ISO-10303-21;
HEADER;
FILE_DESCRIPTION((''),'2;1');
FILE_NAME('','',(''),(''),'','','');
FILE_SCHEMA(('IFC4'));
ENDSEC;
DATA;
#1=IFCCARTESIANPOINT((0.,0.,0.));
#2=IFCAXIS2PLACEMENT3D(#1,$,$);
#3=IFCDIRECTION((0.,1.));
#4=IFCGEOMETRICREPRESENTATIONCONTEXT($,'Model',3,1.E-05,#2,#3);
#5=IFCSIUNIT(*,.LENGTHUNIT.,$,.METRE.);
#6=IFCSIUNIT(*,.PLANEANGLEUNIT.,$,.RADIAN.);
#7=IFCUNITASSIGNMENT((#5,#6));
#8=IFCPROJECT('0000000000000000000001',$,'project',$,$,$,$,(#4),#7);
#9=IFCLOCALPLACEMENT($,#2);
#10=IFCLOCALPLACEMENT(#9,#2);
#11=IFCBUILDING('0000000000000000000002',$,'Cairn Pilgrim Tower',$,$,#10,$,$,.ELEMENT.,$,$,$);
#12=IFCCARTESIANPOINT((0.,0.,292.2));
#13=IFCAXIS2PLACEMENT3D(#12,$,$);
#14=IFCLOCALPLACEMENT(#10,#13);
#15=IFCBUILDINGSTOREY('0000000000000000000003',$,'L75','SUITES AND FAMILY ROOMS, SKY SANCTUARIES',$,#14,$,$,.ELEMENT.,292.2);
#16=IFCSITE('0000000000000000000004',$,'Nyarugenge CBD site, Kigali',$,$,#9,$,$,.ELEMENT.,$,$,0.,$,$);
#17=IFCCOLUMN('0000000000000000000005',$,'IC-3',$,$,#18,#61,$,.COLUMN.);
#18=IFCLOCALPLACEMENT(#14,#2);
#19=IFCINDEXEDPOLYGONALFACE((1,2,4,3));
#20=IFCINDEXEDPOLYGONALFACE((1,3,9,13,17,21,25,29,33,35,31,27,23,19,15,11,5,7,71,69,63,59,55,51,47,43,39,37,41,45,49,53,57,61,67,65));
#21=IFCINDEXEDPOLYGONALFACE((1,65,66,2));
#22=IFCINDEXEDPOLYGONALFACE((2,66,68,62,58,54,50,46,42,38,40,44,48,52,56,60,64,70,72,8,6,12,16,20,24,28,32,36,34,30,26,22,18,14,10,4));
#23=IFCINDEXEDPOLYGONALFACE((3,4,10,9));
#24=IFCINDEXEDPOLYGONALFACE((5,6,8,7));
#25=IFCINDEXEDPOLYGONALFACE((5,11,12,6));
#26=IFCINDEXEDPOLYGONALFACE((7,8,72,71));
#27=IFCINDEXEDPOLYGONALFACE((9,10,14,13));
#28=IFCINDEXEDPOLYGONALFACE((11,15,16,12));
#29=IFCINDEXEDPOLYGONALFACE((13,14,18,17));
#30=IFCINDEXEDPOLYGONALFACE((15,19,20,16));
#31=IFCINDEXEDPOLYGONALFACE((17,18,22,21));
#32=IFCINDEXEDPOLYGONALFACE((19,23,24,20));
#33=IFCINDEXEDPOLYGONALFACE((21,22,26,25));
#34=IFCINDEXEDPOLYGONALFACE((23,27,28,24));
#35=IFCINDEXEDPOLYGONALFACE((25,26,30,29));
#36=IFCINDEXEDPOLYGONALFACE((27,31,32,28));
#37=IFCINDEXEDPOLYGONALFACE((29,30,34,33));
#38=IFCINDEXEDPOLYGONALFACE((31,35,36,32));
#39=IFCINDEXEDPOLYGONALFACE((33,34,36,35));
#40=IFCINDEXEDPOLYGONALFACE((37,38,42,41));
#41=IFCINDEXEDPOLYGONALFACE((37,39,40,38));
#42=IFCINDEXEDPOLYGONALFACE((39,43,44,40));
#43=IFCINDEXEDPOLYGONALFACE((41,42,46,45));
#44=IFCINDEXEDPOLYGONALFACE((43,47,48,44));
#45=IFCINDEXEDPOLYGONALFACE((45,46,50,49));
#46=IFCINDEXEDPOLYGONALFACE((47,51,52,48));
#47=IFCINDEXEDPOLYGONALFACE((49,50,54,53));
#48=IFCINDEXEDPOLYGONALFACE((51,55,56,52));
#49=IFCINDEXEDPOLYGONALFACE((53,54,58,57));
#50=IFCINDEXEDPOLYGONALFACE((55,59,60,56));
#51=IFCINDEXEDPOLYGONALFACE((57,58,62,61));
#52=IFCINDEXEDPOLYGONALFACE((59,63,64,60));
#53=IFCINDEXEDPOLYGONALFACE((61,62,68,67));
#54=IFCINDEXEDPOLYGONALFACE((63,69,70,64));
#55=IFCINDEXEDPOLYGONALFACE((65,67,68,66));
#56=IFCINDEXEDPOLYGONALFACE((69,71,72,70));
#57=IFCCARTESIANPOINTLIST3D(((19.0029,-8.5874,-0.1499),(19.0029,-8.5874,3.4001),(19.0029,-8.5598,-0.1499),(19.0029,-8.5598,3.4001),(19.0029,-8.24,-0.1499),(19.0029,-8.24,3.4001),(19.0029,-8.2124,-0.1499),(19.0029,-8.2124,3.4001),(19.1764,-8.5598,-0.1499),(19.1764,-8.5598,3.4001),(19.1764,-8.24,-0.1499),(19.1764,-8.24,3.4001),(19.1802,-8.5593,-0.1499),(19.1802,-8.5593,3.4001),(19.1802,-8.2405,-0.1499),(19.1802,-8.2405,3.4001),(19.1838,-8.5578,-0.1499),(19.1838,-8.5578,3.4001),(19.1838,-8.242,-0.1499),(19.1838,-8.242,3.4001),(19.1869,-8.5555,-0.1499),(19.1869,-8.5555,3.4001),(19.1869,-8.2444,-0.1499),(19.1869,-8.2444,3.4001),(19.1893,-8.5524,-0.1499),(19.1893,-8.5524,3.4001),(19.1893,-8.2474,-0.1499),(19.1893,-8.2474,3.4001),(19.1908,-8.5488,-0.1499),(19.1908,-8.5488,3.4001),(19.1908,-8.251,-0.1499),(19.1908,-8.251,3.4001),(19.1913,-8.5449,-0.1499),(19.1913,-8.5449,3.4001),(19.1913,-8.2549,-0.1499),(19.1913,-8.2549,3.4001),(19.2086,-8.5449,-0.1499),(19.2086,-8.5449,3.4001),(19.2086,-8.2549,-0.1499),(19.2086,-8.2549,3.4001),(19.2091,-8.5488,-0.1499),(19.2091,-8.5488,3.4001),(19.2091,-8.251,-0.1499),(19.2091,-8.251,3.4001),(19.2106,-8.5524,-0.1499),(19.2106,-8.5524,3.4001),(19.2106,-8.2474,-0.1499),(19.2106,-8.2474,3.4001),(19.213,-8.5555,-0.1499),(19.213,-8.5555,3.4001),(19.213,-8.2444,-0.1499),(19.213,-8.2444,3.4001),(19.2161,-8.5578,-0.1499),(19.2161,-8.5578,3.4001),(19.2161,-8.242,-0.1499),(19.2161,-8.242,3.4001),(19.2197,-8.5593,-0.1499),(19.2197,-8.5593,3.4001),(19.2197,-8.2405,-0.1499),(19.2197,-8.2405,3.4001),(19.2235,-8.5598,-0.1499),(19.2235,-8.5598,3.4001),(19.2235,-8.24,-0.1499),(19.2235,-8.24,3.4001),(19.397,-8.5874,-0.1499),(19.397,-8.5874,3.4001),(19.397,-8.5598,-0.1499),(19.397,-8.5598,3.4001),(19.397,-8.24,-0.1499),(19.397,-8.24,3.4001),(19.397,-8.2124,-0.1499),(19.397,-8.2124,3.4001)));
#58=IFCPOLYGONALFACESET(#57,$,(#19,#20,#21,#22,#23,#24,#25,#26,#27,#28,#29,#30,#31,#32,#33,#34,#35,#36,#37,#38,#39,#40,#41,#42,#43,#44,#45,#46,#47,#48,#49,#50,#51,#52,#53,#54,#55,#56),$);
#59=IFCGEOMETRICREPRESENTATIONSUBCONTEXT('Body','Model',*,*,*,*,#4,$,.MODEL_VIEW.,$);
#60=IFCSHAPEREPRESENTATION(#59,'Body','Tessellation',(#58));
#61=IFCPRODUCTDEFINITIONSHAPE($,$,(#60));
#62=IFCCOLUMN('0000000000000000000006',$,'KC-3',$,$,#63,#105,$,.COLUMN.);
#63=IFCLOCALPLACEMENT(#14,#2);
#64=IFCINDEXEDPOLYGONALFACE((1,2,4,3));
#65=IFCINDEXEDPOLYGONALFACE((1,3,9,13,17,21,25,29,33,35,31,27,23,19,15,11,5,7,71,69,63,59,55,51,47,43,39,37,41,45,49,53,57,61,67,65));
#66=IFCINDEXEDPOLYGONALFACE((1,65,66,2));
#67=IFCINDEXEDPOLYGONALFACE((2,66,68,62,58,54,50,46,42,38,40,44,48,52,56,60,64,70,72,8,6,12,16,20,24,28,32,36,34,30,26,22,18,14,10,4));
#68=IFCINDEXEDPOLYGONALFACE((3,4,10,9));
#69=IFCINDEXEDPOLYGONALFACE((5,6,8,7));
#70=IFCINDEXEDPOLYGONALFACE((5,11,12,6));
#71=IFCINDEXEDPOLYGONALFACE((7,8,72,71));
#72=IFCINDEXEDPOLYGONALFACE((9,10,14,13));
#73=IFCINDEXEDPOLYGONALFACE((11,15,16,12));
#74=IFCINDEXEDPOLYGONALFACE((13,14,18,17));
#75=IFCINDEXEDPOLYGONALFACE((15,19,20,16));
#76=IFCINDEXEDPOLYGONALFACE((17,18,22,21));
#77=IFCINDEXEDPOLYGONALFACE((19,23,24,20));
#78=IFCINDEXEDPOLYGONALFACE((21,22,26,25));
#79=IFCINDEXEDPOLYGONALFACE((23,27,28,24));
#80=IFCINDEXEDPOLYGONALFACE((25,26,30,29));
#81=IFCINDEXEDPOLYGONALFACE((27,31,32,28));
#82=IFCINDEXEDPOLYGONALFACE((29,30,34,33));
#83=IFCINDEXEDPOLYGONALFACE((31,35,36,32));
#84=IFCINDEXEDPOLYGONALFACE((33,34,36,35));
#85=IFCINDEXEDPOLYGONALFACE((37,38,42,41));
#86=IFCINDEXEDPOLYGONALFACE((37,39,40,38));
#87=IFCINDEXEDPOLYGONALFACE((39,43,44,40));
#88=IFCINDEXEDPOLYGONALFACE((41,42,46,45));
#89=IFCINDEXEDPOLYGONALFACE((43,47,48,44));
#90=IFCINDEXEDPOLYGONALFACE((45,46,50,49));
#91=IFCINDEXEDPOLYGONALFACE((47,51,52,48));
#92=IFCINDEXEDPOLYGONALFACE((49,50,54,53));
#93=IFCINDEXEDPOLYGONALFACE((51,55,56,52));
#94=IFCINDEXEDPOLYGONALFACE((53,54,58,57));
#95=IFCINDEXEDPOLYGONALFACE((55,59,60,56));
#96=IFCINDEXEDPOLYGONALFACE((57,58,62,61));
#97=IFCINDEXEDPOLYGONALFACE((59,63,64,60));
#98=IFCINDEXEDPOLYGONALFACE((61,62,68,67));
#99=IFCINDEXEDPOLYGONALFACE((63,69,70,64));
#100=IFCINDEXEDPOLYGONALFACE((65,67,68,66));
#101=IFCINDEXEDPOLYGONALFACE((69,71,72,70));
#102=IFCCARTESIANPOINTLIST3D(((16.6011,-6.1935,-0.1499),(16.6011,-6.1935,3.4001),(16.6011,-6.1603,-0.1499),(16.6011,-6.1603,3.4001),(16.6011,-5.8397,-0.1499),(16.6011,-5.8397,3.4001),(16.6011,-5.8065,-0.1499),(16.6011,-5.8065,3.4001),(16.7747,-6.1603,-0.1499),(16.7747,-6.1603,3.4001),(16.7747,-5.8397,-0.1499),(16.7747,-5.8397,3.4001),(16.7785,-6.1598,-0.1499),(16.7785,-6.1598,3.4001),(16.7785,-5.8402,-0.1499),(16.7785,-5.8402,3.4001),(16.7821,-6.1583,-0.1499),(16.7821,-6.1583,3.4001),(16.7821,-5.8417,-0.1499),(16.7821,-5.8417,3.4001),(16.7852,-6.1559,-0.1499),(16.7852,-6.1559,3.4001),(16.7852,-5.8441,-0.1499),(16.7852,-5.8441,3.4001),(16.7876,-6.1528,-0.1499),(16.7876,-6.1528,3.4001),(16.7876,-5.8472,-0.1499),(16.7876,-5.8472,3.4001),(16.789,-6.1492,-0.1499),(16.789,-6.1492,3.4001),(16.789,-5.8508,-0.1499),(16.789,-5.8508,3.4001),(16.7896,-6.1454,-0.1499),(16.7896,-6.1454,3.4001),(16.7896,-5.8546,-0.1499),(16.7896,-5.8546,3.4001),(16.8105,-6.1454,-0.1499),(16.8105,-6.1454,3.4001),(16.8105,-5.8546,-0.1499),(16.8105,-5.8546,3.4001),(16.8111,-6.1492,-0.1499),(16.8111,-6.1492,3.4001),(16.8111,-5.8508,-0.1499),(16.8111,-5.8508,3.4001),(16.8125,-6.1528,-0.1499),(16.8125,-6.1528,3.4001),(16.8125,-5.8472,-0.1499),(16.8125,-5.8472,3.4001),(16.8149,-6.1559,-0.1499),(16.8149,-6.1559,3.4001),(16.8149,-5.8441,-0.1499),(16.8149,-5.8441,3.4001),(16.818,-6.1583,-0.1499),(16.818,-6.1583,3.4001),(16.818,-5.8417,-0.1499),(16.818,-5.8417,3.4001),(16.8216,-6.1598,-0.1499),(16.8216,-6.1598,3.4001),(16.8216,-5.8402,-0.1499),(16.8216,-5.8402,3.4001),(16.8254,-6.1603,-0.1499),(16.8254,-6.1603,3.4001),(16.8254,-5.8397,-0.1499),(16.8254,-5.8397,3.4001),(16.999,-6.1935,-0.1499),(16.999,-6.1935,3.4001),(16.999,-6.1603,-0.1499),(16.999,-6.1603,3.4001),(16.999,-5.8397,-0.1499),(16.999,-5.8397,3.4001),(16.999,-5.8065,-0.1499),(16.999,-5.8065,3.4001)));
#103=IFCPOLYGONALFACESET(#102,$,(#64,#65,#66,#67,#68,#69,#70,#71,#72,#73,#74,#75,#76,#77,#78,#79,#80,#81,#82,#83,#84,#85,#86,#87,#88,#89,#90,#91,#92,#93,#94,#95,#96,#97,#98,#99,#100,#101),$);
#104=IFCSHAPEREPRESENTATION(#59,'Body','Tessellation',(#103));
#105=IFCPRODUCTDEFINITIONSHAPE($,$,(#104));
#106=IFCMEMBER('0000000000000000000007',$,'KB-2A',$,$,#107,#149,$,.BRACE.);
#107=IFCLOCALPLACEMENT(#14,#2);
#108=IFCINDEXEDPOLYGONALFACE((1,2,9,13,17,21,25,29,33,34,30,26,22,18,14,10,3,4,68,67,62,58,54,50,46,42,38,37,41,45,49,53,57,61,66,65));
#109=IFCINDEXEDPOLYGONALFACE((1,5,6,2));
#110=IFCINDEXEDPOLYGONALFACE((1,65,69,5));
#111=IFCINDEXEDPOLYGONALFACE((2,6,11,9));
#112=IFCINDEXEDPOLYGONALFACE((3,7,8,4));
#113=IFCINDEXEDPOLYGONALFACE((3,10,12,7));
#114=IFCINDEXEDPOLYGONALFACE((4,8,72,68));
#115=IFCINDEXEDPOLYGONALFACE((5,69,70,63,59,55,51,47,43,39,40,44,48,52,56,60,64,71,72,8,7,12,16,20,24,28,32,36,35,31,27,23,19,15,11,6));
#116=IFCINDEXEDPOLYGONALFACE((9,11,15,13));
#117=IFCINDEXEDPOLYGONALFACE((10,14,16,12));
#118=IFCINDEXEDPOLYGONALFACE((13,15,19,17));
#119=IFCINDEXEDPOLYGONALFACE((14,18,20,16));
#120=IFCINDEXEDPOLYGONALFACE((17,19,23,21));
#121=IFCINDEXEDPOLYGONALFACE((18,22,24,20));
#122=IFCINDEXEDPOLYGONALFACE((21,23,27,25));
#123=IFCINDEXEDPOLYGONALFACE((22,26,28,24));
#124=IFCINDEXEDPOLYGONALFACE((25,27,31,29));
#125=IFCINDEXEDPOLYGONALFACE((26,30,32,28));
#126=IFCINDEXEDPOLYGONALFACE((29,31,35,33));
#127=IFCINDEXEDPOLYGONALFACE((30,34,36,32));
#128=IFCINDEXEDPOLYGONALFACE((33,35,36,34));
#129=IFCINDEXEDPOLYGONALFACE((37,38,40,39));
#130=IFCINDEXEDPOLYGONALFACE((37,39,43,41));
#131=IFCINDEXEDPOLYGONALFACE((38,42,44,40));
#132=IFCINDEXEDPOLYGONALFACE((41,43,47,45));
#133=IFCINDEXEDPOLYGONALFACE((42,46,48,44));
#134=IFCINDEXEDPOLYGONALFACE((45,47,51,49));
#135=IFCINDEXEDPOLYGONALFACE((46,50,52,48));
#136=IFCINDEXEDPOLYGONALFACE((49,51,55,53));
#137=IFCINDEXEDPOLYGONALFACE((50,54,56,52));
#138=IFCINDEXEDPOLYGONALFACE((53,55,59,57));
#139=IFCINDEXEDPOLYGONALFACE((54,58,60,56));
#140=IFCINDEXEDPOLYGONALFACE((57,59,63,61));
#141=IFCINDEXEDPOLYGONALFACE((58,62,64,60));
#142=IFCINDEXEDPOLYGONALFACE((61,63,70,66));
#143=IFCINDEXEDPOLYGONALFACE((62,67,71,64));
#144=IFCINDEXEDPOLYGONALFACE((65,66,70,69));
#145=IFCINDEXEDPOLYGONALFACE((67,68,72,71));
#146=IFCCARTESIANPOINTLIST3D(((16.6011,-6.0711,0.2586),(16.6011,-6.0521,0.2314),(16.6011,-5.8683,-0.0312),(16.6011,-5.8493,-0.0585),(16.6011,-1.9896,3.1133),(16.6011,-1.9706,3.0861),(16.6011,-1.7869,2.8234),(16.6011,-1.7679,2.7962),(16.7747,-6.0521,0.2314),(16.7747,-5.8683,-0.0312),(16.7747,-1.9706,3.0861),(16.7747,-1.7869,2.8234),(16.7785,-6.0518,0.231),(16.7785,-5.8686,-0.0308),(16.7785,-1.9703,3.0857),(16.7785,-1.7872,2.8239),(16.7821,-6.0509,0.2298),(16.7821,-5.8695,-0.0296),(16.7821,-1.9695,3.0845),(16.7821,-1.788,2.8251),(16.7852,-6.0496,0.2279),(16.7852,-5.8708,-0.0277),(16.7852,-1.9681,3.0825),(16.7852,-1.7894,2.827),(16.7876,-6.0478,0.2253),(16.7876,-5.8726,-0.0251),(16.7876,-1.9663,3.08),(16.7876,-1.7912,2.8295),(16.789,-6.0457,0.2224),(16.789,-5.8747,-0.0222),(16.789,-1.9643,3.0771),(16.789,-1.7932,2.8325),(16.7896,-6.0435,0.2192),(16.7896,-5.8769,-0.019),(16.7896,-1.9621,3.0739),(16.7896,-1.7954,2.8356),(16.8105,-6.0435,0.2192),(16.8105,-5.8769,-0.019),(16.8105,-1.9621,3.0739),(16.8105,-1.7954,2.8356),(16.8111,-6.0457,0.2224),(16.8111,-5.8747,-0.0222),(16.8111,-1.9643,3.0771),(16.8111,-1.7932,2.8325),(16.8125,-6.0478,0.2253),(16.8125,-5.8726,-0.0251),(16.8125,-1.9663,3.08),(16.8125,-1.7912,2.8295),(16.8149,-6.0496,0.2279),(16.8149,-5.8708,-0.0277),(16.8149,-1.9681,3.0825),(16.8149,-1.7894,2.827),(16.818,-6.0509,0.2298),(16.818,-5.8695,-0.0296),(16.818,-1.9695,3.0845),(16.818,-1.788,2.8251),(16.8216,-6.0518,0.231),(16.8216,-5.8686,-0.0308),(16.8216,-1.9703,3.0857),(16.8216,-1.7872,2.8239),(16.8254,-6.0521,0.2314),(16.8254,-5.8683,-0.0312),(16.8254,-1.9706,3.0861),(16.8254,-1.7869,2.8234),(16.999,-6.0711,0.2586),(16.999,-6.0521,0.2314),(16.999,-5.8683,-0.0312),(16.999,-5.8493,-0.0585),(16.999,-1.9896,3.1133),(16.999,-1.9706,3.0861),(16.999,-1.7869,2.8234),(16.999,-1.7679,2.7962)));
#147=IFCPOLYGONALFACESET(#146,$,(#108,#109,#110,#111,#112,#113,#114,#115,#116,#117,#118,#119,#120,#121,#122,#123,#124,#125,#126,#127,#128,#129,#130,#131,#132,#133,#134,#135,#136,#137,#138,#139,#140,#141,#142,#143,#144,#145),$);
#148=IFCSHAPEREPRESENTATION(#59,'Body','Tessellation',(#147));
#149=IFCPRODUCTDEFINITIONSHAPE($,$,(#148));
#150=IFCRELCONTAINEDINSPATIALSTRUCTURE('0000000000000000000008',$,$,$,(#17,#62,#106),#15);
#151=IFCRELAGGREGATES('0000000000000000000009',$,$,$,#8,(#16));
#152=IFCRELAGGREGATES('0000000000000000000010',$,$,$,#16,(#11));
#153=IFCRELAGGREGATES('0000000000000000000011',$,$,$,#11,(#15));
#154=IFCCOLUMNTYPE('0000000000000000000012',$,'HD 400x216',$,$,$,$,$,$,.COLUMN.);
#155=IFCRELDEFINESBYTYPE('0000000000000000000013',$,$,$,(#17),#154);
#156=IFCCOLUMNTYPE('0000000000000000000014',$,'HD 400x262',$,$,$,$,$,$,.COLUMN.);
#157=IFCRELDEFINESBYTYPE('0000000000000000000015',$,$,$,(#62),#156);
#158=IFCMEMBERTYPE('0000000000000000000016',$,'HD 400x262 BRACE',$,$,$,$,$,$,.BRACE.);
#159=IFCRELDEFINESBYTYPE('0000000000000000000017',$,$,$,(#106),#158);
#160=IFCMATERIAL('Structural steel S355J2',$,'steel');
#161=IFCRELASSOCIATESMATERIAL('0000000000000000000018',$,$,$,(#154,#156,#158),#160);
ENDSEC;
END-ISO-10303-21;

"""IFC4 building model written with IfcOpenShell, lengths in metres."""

from ifc_helpers import new_model, si_unit, direction, frame, origin, origin_2d, place, context, subcontext, project, spatial, i_section, extrude, material, material_profile, profile_set, type_object, element, save


model = new_model("IFC4")

# Units and contexts
model_context = context("Model", 3, precision=1e-05, world=origin(), true_north=direction((0.0, 1.0)))
body_context = subcontext(model_context, "Body", "Model", "MODEL_VIEW")
ifc_project = project(units=[si_unit("LENGTHUNIT", "METRE"), si_unit("PLANEANGLEUNIT", "RADIAN")], contexts=[model_context])

# Site, building, storey
site_placement = place(None, origin())
site = spatial("IfcSite", under=ifc_project, at=site_placement, Name="Nyarugenge CBD site, Kigali", CompositionType="ELEMENT", RefElevation=0.0)
building_placement = place(site_placement, origin())
building = spatial("IfcBuilding", under=site, at=building_placement, Name="Cairn Pilgrim Tower", CompositionType="ELEMENT")
storey_placement = place(building_placement, frame((0.0, 0.0, 292.2)))
storey = spatial("IfcBuildingStorey", under=building, at=storey_placement, Name="L75", Description="SUITES AND FAMILY ROOMS, SKY SANCTUARIES", CompositionType="ELEMENT", Elevation=292.2)

# Columns
ifc_material_1 = material(Name="Structural steel S355J2", Category="steel")
ifc_material_profile_1 = material_profile(ifc_material_1, i_section(OverallWidth=0.394, OverallDepth=0.375, WebThickness=0.0173, FlangeThickness=0.0276, FilletRadius=0.0149, at=origin_2d()), Name="HD 400x216")
ifc_profile_set_1 = profile_set([ifc_material_profile_1], Name="Structural steel S355J2")
column_type_1 = type_object("IfcColumnType", Name="HD 400x216", PredefinedType="COLUMN", material=ifc_profile_set_1)
column_1_placement = place(storey_placement, frame((19.2, -8.3999, -0.1499), z_axis=(0.0, 0.0, 1.0), x_axis=(1.0, 0.0, 0.0)))
element("IfcColumn", 1, at=column_1_placement, inside=storey, type_object=column_type_1, Name="IC-3", PredefinedType="COLUMN", context=body_context, shape_type="SweptSolid", body=[
    extrude(i_section(OverallWidth=0.394, OverallDepth=0.375, WebThickness=0.0173, FlangeThickness=0.0276, FilletRadius=0.0149, at=origin_2d()), origin(), (0.0, 0.0, 1.0), 3.55),
])
ifc_material_profile_2 = material_profile(ifc_material_1, i_section(OverallWidth=0.3979, OverallDepth=0.387, WebThickness=0.021, FlangeThickness=0.0332, FilletRadius=0.0149, at=origin_2d()), Name="HD 400x262")
ifc_profile_set_2 = profile_set([ifc_material_profile_2], Name="Structural steel S355J2")
column_type_2 = type_object("IfcColumnType", Name="HD 400x262", PredefinedType="COLUMN", material=ifc_profile_set_2)
column_2_placement = place(storey_placement, frame((16.8, -6.0, -0.1499), z_axis=(0.0, 0.0, 1.0), x_axis=(1.0, 0.0, 0.0)))
element("IfcColumn", 2, at=column_2_placement, inside=storey, type_object=column_type_2, Name="KC-3", PredefinedType="COLUMN", context=body_context, shape_type="SweptSolid", body=[
    extrude(i_section(OverallWidth=0.3979, OverallDepth=0.387, WebThickness=0.021, FlangeThickness=0.0332, FilletRadius=0.0149, at=origin_2d()), origin(), (0.0, 0.0, 1.0), 3.55),
])

# Member
ifc_material_profile_3 = material_profile(ifc_material_1, i_section(OverallWidth=0.3979, OverallDepth=0.387, WebThickness=0.021, FlangeThickness=0.0332, FilletRadius=0.0149, at=origin_2d()), Name="HD 400x262")
ifc_profile_set_3 = profile_set([ifc_material_profile_3], Name="Structural steel S355J2")
member_type = type_object("IfcMemberType", Name="HD 400x262 BRACE", PredefinedType="BRACE", material=ifc_profile_set_3)
member_placement = place(storey_placement, frame((16.8, -5.9602, 0.1001), z_axis=(0.0, 0.819453, 0.573146), x_axis=(-1.0, 0.0, 0.0)))
element("IfcMember", 3, at=member_placement, inside=storey, type_object=member_type, Name="KB-2A", PredefinedType="BRACE", context=body_context, shape_type="SweptSolid", body=[
    extrude(i_section(OverallWidth=0.3979, OverallDepth=0.387, WebThickness=0.021, FlangeThickness=0.0332, FilletRadius=0.0149, at=origin_2d()), origin(), (0.0, 0.0, 1.0), 4.9807),
])

save(model, "model.ifc")
